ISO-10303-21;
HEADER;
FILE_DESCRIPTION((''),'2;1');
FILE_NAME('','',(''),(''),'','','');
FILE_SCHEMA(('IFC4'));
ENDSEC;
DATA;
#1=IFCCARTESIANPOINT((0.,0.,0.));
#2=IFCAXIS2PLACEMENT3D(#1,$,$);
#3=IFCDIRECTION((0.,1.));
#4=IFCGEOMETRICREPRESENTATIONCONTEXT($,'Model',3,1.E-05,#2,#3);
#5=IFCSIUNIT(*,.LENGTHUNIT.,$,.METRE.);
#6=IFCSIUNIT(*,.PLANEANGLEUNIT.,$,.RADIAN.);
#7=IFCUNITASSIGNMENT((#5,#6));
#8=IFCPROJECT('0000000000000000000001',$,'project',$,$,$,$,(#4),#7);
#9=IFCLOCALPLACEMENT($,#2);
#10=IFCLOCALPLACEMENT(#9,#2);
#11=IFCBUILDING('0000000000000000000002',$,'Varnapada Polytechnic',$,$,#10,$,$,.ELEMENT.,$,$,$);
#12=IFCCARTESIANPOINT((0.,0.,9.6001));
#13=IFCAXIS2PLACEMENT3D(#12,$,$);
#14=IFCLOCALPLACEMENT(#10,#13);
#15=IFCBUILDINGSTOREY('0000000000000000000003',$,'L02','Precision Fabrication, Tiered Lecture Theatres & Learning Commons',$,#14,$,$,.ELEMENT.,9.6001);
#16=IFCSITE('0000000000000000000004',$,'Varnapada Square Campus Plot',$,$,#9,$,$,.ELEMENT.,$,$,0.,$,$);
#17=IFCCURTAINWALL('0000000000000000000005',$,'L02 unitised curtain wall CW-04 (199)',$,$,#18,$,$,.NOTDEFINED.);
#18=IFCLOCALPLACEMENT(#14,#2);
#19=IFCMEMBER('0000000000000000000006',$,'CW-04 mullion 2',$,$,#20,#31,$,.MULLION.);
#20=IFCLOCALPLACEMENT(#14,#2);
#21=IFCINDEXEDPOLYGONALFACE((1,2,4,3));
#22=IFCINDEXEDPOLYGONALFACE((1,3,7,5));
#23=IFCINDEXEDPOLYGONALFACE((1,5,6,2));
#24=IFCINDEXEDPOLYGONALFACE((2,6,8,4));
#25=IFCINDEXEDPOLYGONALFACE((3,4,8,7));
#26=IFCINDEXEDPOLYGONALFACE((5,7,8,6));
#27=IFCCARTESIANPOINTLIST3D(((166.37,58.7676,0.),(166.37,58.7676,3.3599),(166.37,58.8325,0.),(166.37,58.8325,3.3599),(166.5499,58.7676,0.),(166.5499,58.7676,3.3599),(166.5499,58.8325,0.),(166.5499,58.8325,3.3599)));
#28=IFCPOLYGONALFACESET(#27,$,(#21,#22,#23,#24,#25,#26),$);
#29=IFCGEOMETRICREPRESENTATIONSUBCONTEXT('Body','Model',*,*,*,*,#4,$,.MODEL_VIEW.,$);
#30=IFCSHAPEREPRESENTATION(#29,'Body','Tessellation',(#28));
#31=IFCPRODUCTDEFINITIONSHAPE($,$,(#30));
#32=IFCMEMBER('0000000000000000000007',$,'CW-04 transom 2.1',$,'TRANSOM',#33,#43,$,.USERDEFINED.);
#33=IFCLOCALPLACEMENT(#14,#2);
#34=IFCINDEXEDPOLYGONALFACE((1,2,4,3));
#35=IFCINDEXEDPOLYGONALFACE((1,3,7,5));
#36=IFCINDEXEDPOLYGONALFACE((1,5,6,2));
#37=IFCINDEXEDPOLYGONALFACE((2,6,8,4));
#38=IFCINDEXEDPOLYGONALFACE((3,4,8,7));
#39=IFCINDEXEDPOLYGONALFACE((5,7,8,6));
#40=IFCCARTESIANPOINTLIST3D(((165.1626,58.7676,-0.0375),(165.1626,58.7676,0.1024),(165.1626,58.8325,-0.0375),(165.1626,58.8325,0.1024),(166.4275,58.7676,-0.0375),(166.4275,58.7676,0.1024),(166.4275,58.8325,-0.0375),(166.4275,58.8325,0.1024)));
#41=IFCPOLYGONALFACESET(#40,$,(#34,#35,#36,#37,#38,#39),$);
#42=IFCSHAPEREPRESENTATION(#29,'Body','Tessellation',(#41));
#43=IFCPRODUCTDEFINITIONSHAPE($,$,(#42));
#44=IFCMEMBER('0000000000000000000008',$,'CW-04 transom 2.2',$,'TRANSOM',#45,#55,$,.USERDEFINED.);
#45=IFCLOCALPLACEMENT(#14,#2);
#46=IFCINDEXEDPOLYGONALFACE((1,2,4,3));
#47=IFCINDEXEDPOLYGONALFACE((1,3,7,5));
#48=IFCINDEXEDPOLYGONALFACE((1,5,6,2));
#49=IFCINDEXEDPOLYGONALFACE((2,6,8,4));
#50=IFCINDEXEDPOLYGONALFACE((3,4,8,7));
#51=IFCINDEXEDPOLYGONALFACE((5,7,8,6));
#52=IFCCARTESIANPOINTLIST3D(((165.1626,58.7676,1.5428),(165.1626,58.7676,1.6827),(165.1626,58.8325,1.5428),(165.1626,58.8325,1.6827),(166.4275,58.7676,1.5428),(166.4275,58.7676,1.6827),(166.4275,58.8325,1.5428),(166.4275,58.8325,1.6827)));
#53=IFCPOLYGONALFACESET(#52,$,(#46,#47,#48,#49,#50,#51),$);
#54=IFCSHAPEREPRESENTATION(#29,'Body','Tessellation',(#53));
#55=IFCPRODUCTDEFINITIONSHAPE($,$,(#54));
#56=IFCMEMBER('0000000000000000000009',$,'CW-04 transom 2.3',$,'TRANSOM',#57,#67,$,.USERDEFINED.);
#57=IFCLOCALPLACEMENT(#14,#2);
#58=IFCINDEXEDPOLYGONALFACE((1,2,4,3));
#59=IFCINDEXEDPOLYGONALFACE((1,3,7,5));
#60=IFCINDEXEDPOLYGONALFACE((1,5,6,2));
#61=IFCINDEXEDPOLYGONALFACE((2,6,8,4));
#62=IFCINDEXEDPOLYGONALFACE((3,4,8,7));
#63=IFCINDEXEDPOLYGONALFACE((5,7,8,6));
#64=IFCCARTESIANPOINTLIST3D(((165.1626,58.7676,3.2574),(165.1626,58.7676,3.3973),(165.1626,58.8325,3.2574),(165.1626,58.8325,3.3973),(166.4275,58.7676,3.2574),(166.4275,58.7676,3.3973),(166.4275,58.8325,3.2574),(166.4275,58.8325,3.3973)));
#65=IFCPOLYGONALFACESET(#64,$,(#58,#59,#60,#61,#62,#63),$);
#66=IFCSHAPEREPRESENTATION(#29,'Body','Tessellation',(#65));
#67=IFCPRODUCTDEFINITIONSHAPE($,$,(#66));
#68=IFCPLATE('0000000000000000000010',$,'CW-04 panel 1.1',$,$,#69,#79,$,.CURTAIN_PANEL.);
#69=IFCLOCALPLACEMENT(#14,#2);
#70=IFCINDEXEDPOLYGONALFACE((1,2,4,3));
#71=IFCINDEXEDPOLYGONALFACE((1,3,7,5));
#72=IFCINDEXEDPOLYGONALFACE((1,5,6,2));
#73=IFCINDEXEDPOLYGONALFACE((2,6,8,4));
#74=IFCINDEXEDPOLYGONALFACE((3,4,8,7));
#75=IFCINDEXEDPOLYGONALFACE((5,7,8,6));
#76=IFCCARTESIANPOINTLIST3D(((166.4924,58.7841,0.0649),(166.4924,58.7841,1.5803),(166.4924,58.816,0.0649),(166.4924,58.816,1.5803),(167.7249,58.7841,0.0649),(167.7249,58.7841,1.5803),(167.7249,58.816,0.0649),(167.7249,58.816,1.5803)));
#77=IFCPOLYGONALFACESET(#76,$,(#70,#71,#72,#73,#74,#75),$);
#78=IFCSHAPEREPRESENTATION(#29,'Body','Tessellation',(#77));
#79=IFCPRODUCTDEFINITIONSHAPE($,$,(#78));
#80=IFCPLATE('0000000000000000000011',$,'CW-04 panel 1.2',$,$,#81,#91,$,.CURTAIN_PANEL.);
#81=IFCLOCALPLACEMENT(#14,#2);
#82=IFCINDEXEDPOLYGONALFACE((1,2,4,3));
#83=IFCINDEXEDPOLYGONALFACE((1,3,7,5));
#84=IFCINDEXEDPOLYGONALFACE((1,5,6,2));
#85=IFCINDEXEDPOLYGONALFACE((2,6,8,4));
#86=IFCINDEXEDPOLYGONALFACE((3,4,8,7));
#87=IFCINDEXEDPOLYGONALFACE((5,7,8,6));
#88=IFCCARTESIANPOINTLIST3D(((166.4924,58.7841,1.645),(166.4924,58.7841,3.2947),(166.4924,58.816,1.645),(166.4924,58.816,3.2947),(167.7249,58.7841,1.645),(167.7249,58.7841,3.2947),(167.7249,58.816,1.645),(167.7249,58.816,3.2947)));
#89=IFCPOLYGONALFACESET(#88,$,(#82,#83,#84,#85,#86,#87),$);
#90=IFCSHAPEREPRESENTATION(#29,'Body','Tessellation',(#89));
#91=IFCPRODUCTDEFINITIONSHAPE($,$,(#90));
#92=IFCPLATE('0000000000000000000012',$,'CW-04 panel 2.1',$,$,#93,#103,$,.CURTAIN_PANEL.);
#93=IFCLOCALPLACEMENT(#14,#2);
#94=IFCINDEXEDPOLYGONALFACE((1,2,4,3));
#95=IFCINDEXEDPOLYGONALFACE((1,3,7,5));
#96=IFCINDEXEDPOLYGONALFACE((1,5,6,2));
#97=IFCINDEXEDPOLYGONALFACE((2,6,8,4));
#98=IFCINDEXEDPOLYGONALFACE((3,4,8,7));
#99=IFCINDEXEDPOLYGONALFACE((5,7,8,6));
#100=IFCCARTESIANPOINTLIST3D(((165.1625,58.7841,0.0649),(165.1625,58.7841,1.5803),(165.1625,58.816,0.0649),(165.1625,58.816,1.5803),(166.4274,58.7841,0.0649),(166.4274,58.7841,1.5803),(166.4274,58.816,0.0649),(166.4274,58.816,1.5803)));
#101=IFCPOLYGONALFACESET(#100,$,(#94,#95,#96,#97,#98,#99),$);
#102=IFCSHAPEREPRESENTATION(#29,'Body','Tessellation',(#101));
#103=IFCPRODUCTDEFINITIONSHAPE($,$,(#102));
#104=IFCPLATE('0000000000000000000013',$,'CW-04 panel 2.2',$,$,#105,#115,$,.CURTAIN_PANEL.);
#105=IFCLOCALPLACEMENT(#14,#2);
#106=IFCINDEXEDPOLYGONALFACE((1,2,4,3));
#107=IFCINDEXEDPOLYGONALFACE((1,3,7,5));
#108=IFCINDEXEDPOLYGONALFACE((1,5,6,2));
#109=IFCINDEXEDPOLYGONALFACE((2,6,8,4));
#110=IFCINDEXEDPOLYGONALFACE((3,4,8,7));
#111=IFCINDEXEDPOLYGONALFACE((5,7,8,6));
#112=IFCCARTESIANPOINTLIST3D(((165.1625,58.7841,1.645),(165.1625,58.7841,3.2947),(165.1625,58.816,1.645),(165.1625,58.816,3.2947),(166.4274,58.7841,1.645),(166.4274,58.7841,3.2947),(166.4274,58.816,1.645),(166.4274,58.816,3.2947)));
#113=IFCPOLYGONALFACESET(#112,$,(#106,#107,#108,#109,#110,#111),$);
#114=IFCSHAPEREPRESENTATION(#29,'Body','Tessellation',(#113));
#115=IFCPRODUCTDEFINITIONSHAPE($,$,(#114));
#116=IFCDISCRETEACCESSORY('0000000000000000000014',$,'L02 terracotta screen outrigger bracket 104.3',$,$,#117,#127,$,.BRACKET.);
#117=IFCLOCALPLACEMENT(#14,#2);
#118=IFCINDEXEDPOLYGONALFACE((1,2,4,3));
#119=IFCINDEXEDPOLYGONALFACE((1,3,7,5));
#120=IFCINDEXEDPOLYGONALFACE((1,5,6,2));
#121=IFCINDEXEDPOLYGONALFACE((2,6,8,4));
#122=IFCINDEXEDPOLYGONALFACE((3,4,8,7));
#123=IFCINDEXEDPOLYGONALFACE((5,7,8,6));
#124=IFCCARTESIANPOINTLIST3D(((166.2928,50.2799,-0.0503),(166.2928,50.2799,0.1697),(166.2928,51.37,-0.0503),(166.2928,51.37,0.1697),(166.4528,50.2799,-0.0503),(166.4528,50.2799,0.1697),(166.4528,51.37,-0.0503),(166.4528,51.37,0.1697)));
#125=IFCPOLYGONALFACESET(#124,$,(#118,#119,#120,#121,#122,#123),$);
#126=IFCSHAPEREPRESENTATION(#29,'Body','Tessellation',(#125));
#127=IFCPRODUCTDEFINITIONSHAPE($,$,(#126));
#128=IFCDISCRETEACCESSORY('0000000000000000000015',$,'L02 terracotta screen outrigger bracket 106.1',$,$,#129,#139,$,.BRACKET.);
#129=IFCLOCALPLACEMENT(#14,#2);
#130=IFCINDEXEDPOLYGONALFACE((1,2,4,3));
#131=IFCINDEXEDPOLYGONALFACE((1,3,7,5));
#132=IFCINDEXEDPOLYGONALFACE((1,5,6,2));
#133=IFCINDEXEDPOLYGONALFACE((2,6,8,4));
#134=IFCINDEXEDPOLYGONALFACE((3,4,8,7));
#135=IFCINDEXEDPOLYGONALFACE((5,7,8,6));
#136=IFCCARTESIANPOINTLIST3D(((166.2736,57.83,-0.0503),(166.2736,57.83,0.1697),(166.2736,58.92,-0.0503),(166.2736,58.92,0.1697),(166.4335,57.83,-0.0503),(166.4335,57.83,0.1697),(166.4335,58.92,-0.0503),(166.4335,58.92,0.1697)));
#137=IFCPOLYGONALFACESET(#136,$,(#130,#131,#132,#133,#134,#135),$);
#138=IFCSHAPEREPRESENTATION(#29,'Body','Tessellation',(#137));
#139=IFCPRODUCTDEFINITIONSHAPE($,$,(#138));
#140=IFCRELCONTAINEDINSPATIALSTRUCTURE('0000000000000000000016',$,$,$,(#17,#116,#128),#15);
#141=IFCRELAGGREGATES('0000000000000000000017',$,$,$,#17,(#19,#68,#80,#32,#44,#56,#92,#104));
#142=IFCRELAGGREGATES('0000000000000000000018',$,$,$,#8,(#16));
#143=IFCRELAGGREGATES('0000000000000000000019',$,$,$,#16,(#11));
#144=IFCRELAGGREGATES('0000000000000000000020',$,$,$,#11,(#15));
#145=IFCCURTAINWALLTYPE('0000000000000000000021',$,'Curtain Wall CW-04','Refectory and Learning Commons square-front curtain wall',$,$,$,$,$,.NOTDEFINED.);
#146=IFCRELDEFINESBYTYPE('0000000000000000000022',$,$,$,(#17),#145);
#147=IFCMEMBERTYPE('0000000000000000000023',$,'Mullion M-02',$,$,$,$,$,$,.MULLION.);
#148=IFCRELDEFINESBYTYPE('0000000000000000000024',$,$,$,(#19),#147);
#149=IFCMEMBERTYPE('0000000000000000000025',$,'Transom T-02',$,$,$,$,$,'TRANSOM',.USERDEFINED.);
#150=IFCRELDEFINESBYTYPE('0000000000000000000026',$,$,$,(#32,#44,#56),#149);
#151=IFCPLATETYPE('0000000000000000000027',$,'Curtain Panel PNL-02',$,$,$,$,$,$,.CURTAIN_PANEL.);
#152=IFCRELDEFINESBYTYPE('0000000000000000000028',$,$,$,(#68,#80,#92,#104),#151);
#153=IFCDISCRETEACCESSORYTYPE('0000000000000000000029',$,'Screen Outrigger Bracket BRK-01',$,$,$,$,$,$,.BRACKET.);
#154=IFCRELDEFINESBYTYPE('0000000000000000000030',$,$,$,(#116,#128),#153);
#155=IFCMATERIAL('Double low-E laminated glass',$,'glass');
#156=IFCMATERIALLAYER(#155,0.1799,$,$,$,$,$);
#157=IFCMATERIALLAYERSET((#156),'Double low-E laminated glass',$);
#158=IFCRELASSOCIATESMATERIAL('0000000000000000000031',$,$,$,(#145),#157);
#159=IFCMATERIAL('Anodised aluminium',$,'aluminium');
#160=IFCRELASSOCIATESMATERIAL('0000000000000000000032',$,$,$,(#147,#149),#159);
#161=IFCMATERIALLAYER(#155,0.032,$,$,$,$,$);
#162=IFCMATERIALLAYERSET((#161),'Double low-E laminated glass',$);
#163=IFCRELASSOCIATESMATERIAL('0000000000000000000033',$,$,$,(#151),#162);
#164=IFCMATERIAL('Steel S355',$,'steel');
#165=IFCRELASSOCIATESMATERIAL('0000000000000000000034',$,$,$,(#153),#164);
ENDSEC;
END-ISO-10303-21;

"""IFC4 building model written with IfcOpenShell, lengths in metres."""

from ifc_helpers import new_model, si_unit, direction, frame, origin, origin_2d, place, context, subcontext, project, spatial, rectangle, extrude, material, layer, layer_set, material_profile, profile_set, type_object, element, aggregate, save


model = new_model("IFC4")

# Units and contexts
model_context = context("Model", 3, precision=1e-05, world=origin(), true_north=direction((0.0, 1.0)))
body_context = subcontext(model_context, "Body", "Model", "MODEL_VIEW")
ifc_project = project(units=[si_unit("LENGTHUNIT", "METRE"), si_unit("PLANEANGLEUNIT", "RADIAN")], contexts=[model_context])

# Site, building, storey
site_placement = place(None, origin())
site = spatial("IfcSite", under=ifc_project, at=site_placement, Name="Varnapada Square Campus Plot", CompositionType="ELEMENT", RefElevation=0.0)
building_placement = place(site_placement, origin())
building = spatial("IfcBuilding", under=site, at=building_placement, Name="Varnapada Polytechnic", CompositionType="ELEMENT")
storey_placement = place(building_placement, frame((0.0, 0.0, 9.6001)))
storey = spatial("IfcBuildingStorey", under=building, at=storey_placement, Name="L02", Description="Precision Fabrication, Tiered Lecture Theatres & Learning Commons", CompositionType="ELEMENT", Elevation=9.6001)

# Curtain wall, members, plates
ifc_material_1 = material(Name="Double low-E laminated glass", Category="glass")
ifc_layer_1 = layer(ifc_material_1, 0.1799)
ifc_layer_set_1 = layer_set([ifc_layer_1], Name="Double low-E laminated glass")
curtain_wall_type = type_object("IfcCurtainWallType", Name="Curtain Wall CW-04", Description="Refectory and Learning Commons square-front curtain wall", PredefinedType="NOTDEFINED", material=ifc_layer_set_1)
curtain_wall_placement = place(storey_placement, origin())
curtain_wall = element("IfcCurtainWall", 1, at=curtain_wall_placement, inside=storey, type_object=curtain_wall_type, Name="L02 unitised curtain wall CW-04 (199)", PredefinedType="NOTDEFINED")
ifc_material_2 = material(Name="Anodised aluminium", Category="aluminium")
ifc_material_profile_1 = material_profile(ifc_material_2, rectangle(XDim=0.0649, YDim=0.1799, at=origin_2d()), Name="ALU M65x180")
ifc_profile_set_1 = profile_set([ifc_material_profile_1], Name="Anodised aluminium")
member_type_1 = type_object("IfcMemberType", Name="Mullion M-02", PredefinedType="MULLION", material=ifc_profile_set_1)
member_1_placement = place(storey_placement, frame((166.46, 58.8, 0.0), z_axis=(0.0, 0.0, 1.0), x_axis=(0.0, -1.0, 0.0)))
member_1 = element("IfcMember", 2, at=member_1_placement, type_object=member_type_1, Name="CW-04 mullion 2", PredefinedType="MULLION", context=body_context, shape_type="SweptSolid", body=[
    extrude(rectangle(XDim=0.0649, YDim=0.1799, at=origin_2d()), origin(), (0.0, 0.0, 1.0), 3.3599),
])
ifc_material_profile_2 = material_profile(ifc_material_2, rectangle(XDim=0.0649, YDim=0.1399, at=origin_2d()), Name="ALU T65x140")
ifc_profile_set_2 = profile_set([ifc_material_profile_2], Name="Anodised aluminium")
member_type_2 = type_object("IfcMemberType", Name="Transom T-02", ElementType="TRANSOM", PredefinedType="USERDEFINED", material=ifc_profile_set_2)
member_2_placement = place(storey_placement, frame((166.4275, 58.8, 0.0325), z_axis=(-1.0, 0.0, 0.0), x_axis=(0.0, -1.0, 0.0)))
member_2 = element("IfcMember", 3, at=member_2_placement, type_object=member_type_2, Name="CW-04 transom 2.1", ObjectType="TRANSOM", PredefinedType="USERDEFINED", context=body_context, shape_type="SweptSolid", body=[
    extrude(rectangle(XDim=0.0649, YDim=0.1399, at=origin_2d()), origin(), (0.0, 0.0, 1.0), 1.2649),
])
member_3_placement = place(storey_placement, frame((166.4275, 58.8, 1.6128), z_axis=(-1.0, 0.0, 0.0), x_axis=(0.0, -1.0, 0.0)))
member_3 = element("IfcMember", 4, at=member_3_placement, type_object=member_type_2, Name="CW-04 transom 2.2", ObjectType="TRANSOM", PredefinedType="USERDEFINED", context=body_context, shape_type="SweptSolid", body=[
    extrude(rectangle(XDim=0.0649, YDim=0.1399, at=origin_2d()), origin(), (0.0, 0.0, 1.0), 1.2649),
])
member_4_placement = place(storey_placement, frame((166.4275, 58.8, 3.3274), z_axis=(-1.0, 0.0, 0.0), x_axis=(0.0, -1.0, 0.0)))
member_4 = element("IfcMember", 5, at=member_4_placement, type_object=member_type_2, Name="CW-04 transom 2.3", ObjectType="TRANSOM", PredefinedType="USERDEFINED", context=body_context, shape_type="SweptSolid", body=[
    extrude(rectangle(XDim=0.0649, YDim=0.1399, at=origin_2d()), origin(), (0.0, 0.0, 1.0), 1.2649),
])
ifc_layer_2 = layer(ifc_material_1, 0.032)
ifc_layer_set_2 = layer_set([ifc_layer_2], Name="Double low-E laminated glass")
plate_type = type_object("IfcPlateType", Name="Curtain Panel PNL-02", PredefinedType="CURTAIN_PANEL", material=ifc_layer_set_2)
plate_1_placement = place(storey_placement, frame((167.1086, 58.8, 0.0649), z_axis=(0.0, 0.0, 1.0), x_axis=(-1.0, 0.0, 0.0)))
plate_1 = element("IfcPlate", 6, at=plate_1_placement, type_object=plate_type, Name="CW-04 panel 1.1", PredefinedType="CURTAIN_PANEL", context=body_context, shape_type="SweptSolid", body=[
    extrude(rectangle(XDim=1.2324, YDim=0.032, at=origin_2d()), origin(), (0.0, 0.0, 1.0), 1.5154),
])
plate_2_placement = place(storey_placement, frame((167.1086, 58.8, 1.645), z_axis=(0.0, 0.0, 1.0), x_axis=(-1.0, 0.0, 0.0)))
plate_2 = element("IfcPlate", 7, at=plate_2_placement, type_object=plate_type, Name="CW-04 panel 1.2", PredefinedType="CURTAIN_PANEL", context=body_context, shape_type="SweptSolid", body=[
    extrude(rectangle(XDim=1.2324, YDim=0.032, at=origin_2d()), origin(), (0.0, 0.0, 1.0), 1.6497),
])
plate_3_placement = place(storey_placement, frame((165.7949, 58.8, 0.0649), z_axis=(0.0, 0.0, 1.0), x_axis=(-1.0, 0.0, 0.0)))
plate_3 = element("IfcPlate", 8, at=plate_3_placement, type_object=plate_type, Name="CW-04 panel 2.1", PredefinedType="CURTAIN_PANEL", context=body_context, shape_type="SweptSolid", body=[
    extrude(rectangle(XDim=1.2649, YDim=0.032, at=origin_2d()), origin(), (0.0, 0.0, 1.0), 1.5154),
])
plate_4_placement = place(storey_placement, frame((165.7949, 58.8, 1.645), z_axis=(0.0, 0.0, 1.0), x_axis=(-1.0, 0.0, 0.0)))
plate_4 = element("IfcPlate", 9, at=plate_4_placement, type_object=plate_type, Name="CW-04 panel 2.2", PredefinedType="CURTAIN_PANEL", context=body_context, shape_type="SweptSolid", body=[
    extrude(rectangle(XDim=1.2649, YDim=0.032, at=origin_2d()), origin(), (0.0, 0.0, 1.0), 1.6497),
])
aggregate(curtain_wall, [member_1, plate_1, plate_2, member_2, member_3, member_4, plate_3, plate_4])

# Discrete accessories
ifc_material_3 = material(Name="Steel S355", Category="steel")
discrete_accessory_type = type_object("IfcDiscreteAccessoryType", Name="Screen Outrigger Bracket BRK-01", PredefinedType="BRACKET", material=ifc_material_3)
for number, where, z_axis, x_axis, name in (
    (10, (166.3728, 50.825, -0.0503), (0.0, 0.0, 1.0), (1.0, 0.0, 0.0), "L02 terracotta screen outrigger bracket 104.3"),
    (11, (166.3535, 58.375, -0.0503), (0.0, 0.0, 1.0), (-1.0, 0.0, 0.0), "L02 terracotta screen outrigger bracket 106.1"),
):
    element("IfcDiscreteAccessory", number, at=place(storey_placement, frame(where, z_axis=z_axis, x_axis=x_axis)), inside=storey, type_object=discrete_accessory_type, Name=name, PredefinedType="BRACKET", context=body_context, shape_type="SweptSolid", body=[
        extrude(rectangle(XDim=0.1599, YDim=1.0901, at=origin_2d()), origin(), (0.0, 0.0, 1.0), 0.22),
    ])

save(model, "model.ifc")
